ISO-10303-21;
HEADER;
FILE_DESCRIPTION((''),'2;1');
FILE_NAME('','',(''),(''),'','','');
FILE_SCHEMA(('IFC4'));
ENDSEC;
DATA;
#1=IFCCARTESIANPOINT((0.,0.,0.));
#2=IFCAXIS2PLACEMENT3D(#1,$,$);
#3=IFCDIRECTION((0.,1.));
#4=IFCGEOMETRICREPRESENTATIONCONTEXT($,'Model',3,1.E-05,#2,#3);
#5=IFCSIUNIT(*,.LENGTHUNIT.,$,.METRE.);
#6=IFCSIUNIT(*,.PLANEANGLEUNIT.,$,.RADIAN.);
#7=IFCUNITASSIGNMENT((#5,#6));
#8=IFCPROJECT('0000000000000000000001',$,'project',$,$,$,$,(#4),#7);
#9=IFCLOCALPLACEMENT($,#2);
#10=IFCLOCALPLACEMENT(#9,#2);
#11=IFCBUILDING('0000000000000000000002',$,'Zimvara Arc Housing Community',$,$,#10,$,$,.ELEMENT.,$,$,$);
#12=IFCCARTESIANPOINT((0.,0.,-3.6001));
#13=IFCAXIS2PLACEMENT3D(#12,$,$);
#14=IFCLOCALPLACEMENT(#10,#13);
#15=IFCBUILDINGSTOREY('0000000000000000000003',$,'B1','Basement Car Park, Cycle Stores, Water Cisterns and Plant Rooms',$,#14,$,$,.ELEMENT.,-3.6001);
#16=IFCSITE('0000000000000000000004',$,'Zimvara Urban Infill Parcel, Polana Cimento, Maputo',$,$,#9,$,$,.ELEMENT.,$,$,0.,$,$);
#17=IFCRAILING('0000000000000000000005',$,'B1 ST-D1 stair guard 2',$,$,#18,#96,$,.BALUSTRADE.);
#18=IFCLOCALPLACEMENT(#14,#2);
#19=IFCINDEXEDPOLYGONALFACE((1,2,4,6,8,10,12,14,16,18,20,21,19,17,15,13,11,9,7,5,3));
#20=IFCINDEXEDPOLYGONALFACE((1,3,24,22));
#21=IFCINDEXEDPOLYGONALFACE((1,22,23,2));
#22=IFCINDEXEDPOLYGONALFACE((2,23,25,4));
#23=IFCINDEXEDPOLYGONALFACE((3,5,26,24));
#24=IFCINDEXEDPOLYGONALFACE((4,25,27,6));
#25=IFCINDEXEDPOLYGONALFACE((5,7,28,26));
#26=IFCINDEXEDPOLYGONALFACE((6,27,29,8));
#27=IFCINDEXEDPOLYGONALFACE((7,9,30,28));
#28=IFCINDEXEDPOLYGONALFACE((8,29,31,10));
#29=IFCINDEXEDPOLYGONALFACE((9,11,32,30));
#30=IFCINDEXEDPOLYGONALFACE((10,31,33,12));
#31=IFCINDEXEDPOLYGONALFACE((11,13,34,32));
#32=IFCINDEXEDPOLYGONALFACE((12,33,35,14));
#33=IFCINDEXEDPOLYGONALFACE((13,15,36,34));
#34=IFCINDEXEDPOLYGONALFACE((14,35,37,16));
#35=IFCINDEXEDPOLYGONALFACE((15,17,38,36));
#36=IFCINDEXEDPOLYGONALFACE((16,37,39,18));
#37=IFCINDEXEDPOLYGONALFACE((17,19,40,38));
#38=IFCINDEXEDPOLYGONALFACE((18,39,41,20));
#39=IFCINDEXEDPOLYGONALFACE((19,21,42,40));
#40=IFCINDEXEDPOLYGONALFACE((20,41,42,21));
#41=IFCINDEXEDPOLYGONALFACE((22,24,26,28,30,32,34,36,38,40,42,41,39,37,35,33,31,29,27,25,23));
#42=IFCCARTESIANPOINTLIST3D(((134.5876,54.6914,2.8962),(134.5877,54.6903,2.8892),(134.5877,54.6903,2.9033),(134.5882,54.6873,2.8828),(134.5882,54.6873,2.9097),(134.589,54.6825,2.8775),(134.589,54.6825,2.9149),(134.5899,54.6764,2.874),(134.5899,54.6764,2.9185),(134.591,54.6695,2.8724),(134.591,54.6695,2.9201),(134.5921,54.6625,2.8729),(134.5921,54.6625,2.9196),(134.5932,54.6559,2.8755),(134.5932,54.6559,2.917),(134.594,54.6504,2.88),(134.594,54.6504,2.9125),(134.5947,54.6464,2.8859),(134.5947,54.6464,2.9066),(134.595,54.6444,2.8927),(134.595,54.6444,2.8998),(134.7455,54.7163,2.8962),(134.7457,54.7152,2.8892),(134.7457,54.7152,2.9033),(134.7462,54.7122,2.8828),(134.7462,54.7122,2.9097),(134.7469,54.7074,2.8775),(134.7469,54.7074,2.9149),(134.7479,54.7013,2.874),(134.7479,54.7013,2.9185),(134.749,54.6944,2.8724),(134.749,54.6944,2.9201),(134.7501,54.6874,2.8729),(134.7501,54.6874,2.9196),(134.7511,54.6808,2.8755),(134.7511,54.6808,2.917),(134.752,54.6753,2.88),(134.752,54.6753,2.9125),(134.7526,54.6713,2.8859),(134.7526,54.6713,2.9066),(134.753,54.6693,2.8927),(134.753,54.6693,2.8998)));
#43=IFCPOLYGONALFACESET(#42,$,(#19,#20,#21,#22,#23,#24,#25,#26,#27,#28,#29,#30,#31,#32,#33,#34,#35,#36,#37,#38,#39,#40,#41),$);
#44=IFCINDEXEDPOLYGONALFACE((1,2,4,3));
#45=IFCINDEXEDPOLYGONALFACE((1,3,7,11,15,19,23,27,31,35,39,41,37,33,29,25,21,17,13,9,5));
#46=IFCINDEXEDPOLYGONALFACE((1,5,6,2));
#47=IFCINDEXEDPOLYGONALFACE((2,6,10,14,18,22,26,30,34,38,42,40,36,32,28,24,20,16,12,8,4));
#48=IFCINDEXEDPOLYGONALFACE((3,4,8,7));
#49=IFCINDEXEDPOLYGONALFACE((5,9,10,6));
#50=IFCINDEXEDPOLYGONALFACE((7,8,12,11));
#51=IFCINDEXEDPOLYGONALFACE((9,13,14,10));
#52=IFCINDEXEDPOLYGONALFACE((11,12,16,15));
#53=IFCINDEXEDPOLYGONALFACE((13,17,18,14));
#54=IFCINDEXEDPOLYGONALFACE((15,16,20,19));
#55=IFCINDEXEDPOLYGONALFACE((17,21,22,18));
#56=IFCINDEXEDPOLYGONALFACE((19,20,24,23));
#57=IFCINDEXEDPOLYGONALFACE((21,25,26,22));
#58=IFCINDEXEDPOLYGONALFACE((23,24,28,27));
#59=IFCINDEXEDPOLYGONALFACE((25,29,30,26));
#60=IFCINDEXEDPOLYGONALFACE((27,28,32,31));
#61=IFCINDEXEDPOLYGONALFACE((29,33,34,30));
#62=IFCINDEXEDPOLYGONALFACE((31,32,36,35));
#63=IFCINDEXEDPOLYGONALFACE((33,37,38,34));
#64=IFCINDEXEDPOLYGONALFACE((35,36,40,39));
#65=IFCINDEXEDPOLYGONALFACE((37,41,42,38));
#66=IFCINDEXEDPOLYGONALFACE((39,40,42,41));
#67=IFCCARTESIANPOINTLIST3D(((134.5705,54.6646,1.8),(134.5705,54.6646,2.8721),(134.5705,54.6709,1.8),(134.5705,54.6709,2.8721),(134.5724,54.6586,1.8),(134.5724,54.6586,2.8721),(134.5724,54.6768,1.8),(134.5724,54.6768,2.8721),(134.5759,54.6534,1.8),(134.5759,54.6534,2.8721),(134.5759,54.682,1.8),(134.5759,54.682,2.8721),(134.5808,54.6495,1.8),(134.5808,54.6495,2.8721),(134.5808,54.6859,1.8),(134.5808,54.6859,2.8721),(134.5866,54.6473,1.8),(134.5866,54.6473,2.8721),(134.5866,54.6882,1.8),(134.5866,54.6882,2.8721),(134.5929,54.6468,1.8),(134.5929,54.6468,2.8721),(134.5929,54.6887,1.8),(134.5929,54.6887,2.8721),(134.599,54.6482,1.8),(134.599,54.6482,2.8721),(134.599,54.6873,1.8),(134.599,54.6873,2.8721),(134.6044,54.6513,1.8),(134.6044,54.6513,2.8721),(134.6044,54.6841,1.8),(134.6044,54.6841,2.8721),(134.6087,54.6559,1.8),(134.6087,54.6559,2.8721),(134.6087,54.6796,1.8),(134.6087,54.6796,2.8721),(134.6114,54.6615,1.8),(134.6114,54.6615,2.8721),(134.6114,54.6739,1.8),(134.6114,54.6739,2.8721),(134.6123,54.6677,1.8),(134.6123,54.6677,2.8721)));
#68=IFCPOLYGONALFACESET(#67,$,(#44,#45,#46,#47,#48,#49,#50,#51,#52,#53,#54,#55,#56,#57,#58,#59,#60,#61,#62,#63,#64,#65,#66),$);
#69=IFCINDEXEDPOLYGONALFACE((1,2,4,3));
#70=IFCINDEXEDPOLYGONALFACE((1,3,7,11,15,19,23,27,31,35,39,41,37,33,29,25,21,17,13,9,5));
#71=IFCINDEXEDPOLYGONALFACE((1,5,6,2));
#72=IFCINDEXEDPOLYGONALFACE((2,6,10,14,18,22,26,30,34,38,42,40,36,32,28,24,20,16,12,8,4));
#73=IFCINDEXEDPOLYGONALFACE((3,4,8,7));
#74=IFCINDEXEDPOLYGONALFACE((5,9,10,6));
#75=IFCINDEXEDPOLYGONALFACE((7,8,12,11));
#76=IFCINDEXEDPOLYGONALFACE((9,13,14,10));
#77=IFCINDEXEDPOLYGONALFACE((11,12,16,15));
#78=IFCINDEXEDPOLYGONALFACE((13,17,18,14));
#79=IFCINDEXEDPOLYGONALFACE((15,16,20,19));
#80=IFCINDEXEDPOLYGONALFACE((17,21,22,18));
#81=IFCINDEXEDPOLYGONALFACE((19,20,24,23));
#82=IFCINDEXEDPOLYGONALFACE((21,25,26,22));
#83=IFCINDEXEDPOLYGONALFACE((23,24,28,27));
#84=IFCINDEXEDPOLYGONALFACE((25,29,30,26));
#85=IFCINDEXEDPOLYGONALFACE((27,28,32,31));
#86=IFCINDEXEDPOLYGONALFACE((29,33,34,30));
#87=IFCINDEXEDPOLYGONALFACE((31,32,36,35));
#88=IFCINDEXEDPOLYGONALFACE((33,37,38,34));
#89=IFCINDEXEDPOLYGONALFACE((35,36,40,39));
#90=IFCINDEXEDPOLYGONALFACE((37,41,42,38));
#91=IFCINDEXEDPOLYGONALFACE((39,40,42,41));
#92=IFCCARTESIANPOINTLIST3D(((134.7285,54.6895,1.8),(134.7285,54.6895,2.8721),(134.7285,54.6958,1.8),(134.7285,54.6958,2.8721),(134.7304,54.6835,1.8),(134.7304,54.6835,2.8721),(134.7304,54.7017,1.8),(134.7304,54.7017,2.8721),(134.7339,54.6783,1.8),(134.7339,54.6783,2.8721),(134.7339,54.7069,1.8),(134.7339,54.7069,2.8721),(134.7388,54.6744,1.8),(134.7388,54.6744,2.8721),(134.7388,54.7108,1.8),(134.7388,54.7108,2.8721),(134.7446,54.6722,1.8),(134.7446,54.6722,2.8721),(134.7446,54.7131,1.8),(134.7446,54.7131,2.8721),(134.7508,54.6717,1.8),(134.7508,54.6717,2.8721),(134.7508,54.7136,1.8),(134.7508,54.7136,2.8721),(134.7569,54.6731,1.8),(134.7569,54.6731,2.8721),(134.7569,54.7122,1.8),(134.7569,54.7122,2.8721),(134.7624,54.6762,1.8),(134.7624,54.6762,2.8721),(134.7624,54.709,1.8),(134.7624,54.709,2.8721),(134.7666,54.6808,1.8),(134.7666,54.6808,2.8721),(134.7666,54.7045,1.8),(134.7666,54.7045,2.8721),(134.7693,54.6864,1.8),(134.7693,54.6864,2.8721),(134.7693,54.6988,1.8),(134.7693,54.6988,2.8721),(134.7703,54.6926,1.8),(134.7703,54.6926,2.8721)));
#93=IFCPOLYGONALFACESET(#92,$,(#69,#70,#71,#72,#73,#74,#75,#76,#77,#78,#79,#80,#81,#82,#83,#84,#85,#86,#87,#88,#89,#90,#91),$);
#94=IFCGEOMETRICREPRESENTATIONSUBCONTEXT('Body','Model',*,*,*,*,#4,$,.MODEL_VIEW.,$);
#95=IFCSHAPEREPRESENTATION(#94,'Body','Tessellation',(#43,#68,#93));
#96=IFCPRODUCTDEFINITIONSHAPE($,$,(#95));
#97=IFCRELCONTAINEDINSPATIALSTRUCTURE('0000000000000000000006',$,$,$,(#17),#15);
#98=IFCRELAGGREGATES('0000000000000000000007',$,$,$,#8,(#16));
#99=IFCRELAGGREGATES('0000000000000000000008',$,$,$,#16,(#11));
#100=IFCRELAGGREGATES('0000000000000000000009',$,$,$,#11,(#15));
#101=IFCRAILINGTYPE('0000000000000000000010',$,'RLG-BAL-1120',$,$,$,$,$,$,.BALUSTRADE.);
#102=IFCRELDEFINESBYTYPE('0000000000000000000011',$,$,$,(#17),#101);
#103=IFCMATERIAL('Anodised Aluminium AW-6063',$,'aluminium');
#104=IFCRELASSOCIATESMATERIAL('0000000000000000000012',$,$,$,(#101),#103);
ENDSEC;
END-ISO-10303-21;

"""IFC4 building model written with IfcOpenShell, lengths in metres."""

from ifc_helpers import new_model, si_unit, direction, frame, origin, origin_2d, place, context, subcontext, project, spatial, circle, extrude, material, type_object, element, save


model = new_model("IFC4")

# Units and contexts
model_context = context("Model", 3, precision=1e-05, world=origin(), true_north=direction((0.0, 1.0)))
body_context = subcontext(model_context, "Body", "Model", "MODEL_VIEW")
ifc_project = project(units=[si_unit("LENGTHUNIT", "METRE"), si_unit("PLANEANGLEUNIT", "RADIAN")], contexts=[model_context])

# Site, building, storey
site_placement = place(None, origin())
site = spatial("IfcSite", under=ifc_project, at=site_placement, Name="Zimvara Urban Infill Parcel, Polana Cimento, Maputo", CompositionType="ELEMENT", RefElevation=0.0)
building_placement = place(site_placement, origin())
building = spatial("IfcBuilding", under=site, at=building_placement, Name="Zimvara Arc Housing Community", CompositionType="ELEMENT")
storey_placement = place(building_placement, frame((0.0, 0.0, -3.6001)))
storey = spatial("IfcBuildingStorey", under=building, at=storey_placement, Name="B1", Description="Basement Car Park, Cycle Stores, Water Cisterns and Plant Rooms", CompositionType="ELEMENT", Elevation=-3.6001)

# Railing
ifc_material_1 = material(Name="Anodised Aluminium AW-6063", Category="aluminium")
railing_type_1 = type_object("IfcRailingType", Name="RLG-BAL-1120", PredefinedType="BALUSTRADE", material=ifc_material_1)
railing_1_placement = place(storey_placement, frame((134.5913, 54.6677, 1.8)))
element("IfcRailing", 1, at=railing_1_placement, inside=storey, type_object=railing_type_1, Name="B1 ST-D1 stair guard 2", PredefinedType="BALUSTRADE", context=body_context, shape_type="SweptSolid", body=[
    extrude(circle(Radius=0.0239, at=origin_2d()), frame((0.0, 0.0, 1.0962), z_axis=(0.9878, 0.155727, 0.0), x_axis=(-0.155727, 0.9878, 0.0)), (0.0, 0.0, 1.0), 0.1599),
    extrude(circle(Radius=0.021, at=origin_2d()), origin(), (0.0, 0.0, 1.0), 1.072),
    extrude(circle(Radius=0.021, at=origin_2d()), frame((0.158, 0.0249, 0.0)), (0.0, 0.0, 1.0), 1.072),
])

save(model, "model.ifc")
